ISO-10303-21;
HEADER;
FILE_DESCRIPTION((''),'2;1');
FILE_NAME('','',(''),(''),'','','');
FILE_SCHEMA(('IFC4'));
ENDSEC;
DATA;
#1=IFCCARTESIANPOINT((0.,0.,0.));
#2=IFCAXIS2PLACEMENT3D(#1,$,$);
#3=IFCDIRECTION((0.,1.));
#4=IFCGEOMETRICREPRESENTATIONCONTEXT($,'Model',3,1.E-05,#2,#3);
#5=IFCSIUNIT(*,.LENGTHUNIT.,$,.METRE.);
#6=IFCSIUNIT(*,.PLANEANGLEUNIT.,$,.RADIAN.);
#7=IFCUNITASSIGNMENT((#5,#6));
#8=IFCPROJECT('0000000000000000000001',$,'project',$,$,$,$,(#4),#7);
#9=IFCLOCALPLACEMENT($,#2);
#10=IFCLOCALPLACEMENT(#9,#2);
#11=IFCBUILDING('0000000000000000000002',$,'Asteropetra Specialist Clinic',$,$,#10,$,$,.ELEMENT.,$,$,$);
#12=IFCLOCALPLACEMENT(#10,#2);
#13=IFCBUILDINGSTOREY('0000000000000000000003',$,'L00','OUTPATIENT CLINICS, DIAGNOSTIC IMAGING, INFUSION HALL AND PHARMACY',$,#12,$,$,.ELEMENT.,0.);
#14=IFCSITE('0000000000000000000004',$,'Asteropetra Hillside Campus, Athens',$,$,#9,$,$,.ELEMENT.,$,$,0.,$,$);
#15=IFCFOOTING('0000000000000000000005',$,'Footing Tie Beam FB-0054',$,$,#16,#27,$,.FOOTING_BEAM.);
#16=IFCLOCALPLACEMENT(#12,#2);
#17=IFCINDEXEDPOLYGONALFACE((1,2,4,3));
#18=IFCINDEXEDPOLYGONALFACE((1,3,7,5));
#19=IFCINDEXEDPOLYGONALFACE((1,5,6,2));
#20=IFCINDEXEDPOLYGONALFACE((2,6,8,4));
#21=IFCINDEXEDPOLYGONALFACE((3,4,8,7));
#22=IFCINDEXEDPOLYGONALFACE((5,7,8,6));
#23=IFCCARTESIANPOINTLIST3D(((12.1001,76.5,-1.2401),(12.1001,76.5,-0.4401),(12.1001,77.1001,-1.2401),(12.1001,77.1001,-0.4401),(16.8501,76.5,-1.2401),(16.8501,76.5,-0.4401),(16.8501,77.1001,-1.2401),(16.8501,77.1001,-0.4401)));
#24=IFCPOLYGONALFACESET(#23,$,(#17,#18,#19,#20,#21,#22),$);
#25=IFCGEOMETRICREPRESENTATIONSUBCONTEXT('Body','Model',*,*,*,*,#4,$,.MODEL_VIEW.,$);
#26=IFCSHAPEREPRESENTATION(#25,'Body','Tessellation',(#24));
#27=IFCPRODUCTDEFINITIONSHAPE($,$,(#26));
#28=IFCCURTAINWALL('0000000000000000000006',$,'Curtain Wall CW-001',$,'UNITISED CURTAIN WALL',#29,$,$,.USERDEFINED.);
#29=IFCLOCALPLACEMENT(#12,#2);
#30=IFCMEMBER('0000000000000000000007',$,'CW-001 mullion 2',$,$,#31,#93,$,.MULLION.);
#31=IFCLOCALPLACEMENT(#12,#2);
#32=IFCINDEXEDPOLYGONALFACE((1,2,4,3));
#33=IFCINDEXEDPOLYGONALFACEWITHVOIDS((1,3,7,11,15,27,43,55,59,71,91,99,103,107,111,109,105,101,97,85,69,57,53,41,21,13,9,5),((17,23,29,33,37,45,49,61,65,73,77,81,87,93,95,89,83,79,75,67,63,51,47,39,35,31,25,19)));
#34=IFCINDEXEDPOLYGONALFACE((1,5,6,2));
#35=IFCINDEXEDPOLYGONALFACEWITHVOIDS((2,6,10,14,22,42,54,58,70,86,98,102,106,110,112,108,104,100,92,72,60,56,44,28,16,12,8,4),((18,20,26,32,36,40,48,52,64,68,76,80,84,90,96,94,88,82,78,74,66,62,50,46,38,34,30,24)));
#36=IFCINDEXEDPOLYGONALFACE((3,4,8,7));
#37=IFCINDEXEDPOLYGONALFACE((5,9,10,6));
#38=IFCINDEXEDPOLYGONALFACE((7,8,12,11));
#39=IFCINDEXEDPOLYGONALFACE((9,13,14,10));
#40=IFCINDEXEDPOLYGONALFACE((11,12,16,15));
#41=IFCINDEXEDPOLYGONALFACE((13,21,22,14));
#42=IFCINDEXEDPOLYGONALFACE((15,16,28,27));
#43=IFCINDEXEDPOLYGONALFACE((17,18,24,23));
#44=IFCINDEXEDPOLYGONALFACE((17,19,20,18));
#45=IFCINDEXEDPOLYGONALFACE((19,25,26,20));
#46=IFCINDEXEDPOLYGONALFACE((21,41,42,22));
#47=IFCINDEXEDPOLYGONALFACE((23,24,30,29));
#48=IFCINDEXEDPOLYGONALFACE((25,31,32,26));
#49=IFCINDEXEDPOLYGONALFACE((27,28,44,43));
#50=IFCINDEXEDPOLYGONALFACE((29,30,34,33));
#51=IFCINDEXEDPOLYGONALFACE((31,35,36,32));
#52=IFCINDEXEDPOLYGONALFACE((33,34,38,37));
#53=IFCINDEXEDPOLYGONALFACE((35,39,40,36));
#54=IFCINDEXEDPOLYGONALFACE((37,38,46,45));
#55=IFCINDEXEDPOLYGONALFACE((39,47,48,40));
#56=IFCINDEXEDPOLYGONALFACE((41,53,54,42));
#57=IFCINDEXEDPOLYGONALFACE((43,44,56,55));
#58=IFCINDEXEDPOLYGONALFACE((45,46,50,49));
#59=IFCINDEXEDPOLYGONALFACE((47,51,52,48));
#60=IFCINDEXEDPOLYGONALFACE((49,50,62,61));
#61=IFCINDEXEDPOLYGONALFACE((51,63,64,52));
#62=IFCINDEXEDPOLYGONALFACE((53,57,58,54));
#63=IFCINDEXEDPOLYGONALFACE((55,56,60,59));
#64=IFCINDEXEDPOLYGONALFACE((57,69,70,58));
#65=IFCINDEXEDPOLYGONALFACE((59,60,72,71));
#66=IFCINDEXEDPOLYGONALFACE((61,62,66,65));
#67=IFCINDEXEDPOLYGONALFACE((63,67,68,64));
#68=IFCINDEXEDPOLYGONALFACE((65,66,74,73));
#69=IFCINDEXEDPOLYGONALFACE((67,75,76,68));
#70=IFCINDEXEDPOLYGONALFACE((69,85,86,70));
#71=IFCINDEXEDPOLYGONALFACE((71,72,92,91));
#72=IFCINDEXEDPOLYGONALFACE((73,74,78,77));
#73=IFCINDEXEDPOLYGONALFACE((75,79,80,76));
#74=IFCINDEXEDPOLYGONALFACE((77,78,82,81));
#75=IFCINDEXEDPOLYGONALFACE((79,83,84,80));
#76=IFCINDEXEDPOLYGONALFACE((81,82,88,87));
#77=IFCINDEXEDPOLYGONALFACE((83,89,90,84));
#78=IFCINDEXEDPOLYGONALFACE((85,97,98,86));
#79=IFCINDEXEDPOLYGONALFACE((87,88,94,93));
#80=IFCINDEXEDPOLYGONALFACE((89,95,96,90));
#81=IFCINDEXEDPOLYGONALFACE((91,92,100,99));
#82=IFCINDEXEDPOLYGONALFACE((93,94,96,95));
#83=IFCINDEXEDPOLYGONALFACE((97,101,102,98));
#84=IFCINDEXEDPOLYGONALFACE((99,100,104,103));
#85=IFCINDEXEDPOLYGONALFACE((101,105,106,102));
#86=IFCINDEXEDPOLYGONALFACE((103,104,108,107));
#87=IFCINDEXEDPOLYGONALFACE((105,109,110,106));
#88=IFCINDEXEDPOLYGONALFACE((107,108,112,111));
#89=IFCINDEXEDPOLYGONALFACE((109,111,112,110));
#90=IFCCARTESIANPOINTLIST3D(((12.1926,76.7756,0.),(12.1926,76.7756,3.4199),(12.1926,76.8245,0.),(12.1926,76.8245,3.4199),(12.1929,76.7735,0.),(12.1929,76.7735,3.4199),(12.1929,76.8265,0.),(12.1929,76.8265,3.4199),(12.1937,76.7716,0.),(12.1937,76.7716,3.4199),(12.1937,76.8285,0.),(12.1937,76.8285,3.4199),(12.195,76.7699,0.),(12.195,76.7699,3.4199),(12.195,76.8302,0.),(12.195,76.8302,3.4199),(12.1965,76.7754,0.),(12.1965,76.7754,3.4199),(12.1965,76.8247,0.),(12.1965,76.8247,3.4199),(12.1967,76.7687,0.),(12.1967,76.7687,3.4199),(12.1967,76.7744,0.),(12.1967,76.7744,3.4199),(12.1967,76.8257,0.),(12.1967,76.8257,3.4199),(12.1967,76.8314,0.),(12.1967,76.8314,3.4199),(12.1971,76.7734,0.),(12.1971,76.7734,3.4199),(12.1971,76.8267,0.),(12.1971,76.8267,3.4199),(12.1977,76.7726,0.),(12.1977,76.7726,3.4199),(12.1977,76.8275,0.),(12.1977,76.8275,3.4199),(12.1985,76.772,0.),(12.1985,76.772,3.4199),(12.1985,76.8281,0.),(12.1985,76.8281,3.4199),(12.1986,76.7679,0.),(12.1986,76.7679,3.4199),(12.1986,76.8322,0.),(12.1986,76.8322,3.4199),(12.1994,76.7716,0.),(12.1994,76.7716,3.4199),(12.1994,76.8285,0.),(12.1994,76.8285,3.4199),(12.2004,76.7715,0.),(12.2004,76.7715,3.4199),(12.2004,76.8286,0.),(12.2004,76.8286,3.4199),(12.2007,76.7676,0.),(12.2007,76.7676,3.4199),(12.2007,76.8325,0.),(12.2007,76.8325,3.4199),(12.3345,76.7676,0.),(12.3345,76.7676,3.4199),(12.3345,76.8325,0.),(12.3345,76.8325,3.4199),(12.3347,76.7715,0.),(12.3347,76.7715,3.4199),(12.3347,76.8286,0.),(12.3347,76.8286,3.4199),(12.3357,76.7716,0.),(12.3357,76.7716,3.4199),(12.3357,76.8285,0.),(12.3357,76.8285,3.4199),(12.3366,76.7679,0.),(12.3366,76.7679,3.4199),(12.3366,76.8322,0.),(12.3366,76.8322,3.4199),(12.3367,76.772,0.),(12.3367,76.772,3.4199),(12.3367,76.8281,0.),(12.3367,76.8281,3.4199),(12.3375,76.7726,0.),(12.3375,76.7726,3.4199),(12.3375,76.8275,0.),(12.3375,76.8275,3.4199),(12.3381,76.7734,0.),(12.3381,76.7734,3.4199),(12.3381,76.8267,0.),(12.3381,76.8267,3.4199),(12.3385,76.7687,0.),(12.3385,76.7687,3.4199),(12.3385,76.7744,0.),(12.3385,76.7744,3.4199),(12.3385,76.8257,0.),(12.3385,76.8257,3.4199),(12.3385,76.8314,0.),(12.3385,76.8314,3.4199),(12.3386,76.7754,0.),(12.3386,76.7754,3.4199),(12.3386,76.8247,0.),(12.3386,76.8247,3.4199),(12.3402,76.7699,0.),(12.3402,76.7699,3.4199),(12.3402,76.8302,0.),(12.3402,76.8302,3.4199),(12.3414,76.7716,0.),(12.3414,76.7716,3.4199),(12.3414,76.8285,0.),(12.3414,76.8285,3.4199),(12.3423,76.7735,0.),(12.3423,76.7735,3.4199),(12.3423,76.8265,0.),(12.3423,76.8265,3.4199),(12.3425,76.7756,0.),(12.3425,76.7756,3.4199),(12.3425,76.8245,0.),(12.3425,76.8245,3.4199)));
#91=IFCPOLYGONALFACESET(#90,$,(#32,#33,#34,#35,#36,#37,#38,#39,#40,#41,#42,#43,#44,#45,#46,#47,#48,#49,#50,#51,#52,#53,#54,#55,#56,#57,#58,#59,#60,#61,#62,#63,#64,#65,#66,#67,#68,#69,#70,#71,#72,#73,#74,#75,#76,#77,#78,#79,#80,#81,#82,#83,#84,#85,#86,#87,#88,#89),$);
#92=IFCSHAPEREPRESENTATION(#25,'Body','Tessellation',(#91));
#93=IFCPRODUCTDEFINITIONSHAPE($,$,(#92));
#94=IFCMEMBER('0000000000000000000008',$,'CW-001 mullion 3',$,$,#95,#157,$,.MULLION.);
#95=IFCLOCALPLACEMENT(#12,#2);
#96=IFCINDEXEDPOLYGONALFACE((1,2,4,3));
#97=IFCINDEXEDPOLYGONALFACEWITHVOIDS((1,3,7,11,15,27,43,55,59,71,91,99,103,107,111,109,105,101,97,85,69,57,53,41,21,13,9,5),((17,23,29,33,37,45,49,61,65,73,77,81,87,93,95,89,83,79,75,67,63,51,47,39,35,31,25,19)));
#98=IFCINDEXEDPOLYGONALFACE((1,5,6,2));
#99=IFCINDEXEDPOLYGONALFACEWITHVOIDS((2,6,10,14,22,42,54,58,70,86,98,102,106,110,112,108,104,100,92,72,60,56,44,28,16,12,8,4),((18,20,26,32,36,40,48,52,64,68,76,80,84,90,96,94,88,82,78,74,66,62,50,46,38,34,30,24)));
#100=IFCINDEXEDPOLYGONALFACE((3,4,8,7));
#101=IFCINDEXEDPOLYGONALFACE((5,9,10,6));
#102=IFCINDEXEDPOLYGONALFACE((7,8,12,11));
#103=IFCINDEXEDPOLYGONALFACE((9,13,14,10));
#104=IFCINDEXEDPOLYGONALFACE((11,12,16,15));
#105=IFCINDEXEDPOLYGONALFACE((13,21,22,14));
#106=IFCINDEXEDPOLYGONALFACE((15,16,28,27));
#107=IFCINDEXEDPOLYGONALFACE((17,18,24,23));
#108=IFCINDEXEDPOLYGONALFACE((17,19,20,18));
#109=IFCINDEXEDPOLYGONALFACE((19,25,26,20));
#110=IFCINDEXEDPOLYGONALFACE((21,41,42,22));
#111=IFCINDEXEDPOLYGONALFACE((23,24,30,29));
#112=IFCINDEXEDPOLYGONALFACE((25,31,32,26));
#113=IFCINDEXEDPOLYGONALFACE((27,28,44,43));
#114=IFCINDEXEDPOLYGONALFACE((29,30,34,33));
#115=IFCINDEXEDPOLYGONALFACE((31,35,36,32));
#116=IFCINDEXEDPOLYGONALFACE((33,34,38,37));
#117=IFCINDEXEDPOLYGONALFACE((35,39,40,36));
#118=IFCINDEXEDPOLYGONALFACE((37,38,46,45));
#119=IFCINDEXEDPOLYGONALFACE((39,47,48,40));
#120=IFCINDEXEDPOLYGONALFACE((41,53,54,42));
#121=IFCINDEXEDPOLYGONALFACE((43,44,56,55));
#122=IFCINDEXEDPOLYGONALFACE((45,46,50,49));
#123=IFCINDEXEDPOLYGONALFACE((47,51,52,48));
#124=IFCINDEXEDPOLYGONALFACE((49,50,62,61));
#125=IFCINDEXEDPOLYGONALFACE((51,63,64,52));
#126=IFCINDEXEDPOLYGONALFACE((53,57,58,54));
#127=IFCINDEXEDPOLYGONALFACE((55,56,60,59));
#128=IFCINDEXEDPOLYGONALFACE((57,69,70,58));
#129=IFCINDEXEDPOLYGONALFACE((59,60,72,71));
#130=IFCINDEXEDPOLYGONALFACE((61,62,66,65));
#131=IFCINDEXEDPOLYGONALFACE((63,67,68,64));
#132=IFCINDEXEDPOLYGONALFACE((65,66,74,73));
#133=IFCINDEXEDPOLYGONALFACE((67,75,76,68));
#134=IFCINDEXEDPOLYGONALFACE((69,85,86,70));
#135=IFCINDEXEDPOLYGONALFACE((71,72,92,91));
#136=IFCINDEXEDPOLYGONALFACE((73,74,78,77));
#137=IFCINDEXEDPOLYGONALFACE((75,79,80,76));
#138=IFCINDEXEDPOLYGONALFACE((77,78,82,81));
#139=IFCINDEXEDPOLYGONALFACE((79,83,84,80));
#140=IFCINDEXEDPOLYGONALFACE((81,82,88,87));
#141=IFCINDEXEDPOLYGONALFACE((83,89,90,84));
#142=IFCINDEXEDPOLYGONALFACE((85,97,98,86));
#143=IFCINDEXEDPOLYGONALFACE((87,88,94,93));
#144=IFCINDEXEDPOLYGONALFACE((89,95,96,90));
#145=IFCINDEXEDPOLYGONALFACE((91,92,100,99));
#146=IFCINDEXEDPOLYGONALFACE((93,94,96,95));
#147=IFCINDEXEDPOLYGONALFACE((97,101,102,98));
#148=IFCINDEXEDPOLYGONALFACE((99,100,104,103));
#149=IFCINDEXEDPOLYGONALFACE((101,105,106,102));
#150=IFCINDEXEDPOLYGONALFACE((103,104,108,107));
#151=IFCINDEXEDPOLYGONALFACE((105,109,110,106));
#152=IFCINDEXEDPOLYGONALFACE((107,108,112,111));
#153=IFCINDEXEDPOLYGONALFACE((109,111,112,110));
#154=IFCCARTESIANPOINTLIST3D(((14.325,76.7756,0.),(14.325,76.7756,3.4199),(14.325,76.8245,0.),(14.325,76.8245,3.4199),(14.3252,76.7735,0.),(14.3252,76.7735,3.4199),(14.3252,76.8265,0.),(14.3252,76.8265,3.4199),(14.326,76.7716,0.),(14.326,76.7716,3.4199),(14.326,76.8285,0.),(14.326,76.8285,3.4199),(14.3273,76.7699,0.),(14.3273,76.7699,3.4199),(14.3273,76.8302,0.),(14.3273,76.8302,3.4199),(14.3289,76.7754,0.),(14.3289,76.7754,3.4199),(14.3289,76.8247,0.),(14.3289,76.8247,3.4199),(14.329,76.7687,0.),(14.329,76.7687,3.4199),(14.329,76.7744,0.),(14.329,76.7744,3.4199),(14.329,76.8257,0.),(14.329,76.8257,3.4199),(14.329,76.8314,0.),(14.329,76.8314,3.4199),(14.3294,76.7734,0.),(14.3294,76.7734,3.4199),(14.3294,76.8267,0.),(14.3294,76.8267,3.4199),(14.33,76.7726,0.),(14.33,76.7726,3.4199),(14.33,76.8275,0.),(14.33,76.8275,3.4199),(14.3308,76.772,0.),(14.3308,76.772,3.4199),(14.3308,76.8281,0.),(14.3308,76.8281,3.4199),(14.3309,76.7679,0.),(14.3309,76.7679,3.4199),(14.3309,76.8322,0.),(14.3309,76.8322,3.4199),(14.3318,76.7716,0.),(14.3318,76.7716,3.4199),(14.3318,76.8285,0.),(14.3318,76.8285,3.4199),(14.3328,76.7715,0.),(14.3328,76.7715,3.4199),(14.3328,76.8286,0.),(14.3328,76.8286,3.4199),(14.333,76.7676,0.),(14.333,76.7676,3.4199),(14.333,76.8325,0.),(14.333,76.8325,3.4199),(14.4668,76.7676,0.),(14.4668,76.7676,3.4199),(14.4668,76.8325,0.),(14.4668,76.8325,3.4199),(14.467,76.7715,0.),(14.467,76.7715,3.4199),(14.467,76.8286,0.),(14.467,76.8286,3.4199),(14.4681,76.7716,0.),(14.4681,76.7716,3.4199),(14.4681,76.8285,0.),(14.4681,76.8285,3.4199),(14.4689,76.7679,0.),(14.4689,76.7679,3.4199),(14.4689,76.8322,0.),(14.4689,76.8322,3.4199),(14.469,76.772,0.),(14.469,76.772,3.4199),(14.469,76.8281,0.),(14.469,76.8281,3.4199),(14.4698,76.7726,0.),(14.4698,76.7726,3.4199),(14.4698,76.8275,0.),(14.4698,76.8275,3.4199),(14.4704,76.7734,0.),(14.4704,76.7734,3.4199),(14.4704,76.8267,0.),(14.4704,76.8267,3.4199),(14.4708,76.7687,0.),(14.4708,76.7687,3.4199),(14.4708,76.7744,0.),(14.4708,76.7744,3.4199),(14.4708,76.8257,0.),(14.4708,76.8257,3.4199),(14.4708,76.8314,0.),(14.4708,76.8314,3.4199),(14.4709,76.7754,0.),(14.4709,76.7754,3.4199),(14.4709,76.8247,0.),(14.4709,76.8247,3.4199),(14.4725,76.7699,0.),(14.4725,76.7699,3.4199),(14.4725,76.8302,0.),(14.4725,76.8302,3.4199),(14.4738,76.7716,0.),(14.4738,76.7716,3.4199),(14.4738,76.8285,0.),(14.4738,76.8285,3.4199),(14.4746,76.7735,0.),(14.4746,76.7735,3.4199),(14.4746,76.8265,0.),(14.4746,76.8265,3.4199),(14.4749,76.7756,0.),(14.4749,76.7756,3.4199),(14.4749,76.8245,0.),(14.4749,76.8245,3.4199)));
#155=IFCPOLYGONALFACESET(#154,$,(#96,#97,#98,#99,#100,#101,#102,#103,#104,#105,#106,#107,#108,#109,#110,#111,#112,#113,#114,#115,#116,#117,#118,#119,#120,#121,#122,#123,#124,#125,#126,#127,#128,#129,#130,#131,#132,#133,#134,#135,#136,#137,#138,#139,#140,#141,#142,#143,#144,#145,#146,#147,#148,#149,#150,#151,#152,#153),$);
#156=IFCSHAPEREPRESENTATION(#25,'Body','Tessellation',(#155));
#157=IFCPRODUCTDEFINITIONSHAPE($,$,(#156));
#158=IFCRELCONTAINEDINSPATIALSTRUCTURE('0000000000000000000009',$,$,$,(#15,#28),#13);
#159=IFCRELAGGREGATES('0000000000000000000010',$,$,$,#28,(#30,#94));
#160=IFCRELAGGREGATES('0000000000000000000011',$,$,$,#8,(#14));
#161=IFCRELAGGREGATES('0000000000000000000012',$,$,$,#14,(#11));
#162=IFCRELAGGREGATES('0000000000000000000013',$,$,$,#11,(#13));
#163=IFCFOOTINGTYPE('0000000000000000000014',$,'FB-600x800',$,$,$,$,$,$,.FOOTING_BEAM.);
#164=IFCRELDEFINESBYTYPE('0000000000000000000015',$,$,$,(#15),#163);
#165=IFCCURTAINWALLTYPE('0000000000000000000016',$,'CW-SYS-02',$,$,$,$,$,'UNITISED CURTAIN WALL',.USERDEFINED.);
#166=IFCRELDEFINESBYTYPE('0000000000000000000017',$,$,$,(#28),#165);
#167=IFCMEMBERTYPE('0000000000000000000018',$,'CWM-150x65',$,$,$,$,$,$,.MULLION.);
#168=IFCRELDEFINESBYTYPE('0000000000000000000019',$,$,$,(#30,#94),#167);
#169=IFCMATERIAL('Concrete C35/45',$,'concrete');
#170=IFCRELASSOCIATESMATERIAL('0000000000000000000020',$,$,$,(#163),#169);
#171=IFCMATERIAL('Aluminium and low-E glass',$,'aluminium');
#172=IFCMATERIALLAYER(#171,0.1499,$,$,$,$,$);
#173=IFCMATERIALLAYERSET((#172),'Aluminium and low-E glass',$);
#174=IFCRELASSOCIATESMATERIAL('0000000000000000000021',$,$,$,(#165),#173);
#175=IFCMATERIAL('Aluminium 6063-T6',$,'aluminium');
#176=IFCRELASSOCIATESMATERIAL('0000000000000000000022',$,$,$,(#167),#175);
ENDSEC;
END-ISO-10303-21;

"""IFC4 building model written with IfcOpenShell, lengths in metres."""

from ifc_helpers import new_model, si_unit, direction, frame, origin, origin_2d, place, context, subcontext, project, spatial, rectangle, hollow_rectangle, extrude, material, layer, layer_set, material_profile, profile_set, type_object, element, aggregate, save


model = new_model("IFC4")

# Units and contexts
model_context = context("Model", 3, precision=1e-05, world=origin(), true_north=direction((0.0, 1.0)))
body_context = subcontext(model_context, "Body", "Model", "MODEL_VIEW")
ifc_project = project(units=[si_unit("LENGTHUNIT", "METRE"), si_unit("PLANEANGLEUNIT", "RADIAN")], contexts=[model_context])

# Site, building, storey
site_placement = place(None, origin())
site = spatial("IfcSite", under=ifc_project, at=site_placement, Name="Asteropetra Hillside Campus, Athens", CompositionType="ELEMENT", RefElevation=0.0)
building_placement = place(site_placement, origin())
building = spatial("IfcBuilding", under=site, at=building_placement, Name="Asteropetra Specialist Clinic", CompositionType="ELEMENT")
storey_placement = place(building_placement, origin())
storey = spatial("IfcBuildingStorey", under=building, at=storey_placement, Name="L00", Description="OUTPATIENT CLINICS, DIAGNOSTIC IMAGING, INFUSION HALL AND PHARMACY", CompositionType="ELEMENT", Elevation=0.0)

# Footing
ifc_material_1 = material(Name="Concrete C35/45", Category="concrete")
ifc_material_profile_1 = material_profile(ifc_material_1, rectangle(XDim=0.6001, YDim=0.8, at=origin_2d()), Name="FB 600x800")
ifc_profile_set_1 = profile_set([ifc_material_profile_1], Name="Concrete C35/45")
footing_type = type_object("IfcFootingType", Name="FB-600x800", PredefinedType="FOOTING_BEAM", material=ifc_profile_set_1)
footing_placement = place(storey_placement, frame((12.1001, 76.8, -0.8401), z_axis=(1.0, 0.0, 0.0), x_axis=(0.0, 1.0, 0.0)))
element("IfcFooting", 1, at=footing_placement, inside=storey, type_object=footing_type, Name="Footing Tie Beam FB-0054", PredefinedType="FOOTING_BEAM", context=body_context, shape_type="SweptSolid", body=[
    extrude(rectangle(XDim=0.6001, YDim=0.8, at=origin_2d()), origin(), (0.0, 0.0, 1.0), 4.75),
])

# Curtain wall, members
ifc_material_2 = material(Name="Aluminium and low-E glass", Category="aluminium")
ifc_layer_1 = layer(ifc_material_2, 0.1499)
ifc_layer_set_1 = layer_set([ifc_layer_1], Name="Aluminium and low-E glass")
curtain_wall_type = type_object("IfcCurtainWallType", Name="CW-SYS-02", ElementType="UNITISED CURTAIN WALL", PredefinedType="USERDEFINED", material=ifc_layer_set_1)
curtain_wall_placement = place(storey_placement, origin())
curtain_wall = element("IfcCurtainWall", 2, at=curtain_wall_placement, inside=storey, type_object=curtain_wall_type, Name="Curtain Wall CW-001", ObjectType="UNITISED CURTAIN WALL", PredefinedType="USERDEFINED")
ifc_material_3 = material(Name="Aluminium 6063-T6", Category="aluminium")
ifc_material_profile_2 = material_profile(ifc_material_3, hollow_rectangle(XDim=0.0649, YDim=0.1499, WallThickness=0.0039, InnerFilletRadius=0.0039, OuterFilletRadius=0.0081, at=origin_2d()), Name="MUL 150x65x4.0")
ifc_profile_set_2 = profile_set([ifc_material_profile_2], Name="Aluminium 6063-T6")
member_type_1 = type_object("IfcMemberType", Name="CWM-150x65", PredefinedType="MULLION", material=ifc_profile_set_2)
member_1_placement = place(storey_placement, frame((12.2676, 76.8, 0.0), z_axis=(0.0, 0.0, 1.0), x_axis=(0.0, 1.0, 0.0)))
member_1 = element("IfcMember", 3, at=member_1_placement, type_object=member_type_1, Name="CW-001 mullion 2", PredefinedType="MULLION", context=body_context, shape_type="SweptSolid", body=[
    extrude(hollow_rectangle(XDim=0.0649, YDim=0.1499, WallThickness=0.0039, InnerFilletRadius=0.0039, OuterFilletRadius=0.0081, at=origin_2d()), origin(), (0.0, 0.0, 1.0), 3.4199),
])
member_2_placement = place(storey_placement, frame((14.3999, 76.8, 0.0), z_axis=(0.0, 0.0, 1.0), x_axis=(0.0, 1.0, 0.0)))
member_2 = element("IfcMember", 4, at=member_2_placement, type_object=member_type_1, Name="CW-001 mullion 3", PredefinedType="MULLION", context=body_context, shape_type="SweptSolid", body=[
    extrude(hollow_rectangle(XDim=0.0649, YDim=0.1499, WallThickness=0.0039, InnerFilletRadius=0.0039, OuterFilletRadius=0.0081, at=origin_2d()), origin(), (0.0, 0.0, 1.0), 3.4199),
])
aggregate(curtain_wall, [member_1, member_2])

save(model, "model.ifc")
